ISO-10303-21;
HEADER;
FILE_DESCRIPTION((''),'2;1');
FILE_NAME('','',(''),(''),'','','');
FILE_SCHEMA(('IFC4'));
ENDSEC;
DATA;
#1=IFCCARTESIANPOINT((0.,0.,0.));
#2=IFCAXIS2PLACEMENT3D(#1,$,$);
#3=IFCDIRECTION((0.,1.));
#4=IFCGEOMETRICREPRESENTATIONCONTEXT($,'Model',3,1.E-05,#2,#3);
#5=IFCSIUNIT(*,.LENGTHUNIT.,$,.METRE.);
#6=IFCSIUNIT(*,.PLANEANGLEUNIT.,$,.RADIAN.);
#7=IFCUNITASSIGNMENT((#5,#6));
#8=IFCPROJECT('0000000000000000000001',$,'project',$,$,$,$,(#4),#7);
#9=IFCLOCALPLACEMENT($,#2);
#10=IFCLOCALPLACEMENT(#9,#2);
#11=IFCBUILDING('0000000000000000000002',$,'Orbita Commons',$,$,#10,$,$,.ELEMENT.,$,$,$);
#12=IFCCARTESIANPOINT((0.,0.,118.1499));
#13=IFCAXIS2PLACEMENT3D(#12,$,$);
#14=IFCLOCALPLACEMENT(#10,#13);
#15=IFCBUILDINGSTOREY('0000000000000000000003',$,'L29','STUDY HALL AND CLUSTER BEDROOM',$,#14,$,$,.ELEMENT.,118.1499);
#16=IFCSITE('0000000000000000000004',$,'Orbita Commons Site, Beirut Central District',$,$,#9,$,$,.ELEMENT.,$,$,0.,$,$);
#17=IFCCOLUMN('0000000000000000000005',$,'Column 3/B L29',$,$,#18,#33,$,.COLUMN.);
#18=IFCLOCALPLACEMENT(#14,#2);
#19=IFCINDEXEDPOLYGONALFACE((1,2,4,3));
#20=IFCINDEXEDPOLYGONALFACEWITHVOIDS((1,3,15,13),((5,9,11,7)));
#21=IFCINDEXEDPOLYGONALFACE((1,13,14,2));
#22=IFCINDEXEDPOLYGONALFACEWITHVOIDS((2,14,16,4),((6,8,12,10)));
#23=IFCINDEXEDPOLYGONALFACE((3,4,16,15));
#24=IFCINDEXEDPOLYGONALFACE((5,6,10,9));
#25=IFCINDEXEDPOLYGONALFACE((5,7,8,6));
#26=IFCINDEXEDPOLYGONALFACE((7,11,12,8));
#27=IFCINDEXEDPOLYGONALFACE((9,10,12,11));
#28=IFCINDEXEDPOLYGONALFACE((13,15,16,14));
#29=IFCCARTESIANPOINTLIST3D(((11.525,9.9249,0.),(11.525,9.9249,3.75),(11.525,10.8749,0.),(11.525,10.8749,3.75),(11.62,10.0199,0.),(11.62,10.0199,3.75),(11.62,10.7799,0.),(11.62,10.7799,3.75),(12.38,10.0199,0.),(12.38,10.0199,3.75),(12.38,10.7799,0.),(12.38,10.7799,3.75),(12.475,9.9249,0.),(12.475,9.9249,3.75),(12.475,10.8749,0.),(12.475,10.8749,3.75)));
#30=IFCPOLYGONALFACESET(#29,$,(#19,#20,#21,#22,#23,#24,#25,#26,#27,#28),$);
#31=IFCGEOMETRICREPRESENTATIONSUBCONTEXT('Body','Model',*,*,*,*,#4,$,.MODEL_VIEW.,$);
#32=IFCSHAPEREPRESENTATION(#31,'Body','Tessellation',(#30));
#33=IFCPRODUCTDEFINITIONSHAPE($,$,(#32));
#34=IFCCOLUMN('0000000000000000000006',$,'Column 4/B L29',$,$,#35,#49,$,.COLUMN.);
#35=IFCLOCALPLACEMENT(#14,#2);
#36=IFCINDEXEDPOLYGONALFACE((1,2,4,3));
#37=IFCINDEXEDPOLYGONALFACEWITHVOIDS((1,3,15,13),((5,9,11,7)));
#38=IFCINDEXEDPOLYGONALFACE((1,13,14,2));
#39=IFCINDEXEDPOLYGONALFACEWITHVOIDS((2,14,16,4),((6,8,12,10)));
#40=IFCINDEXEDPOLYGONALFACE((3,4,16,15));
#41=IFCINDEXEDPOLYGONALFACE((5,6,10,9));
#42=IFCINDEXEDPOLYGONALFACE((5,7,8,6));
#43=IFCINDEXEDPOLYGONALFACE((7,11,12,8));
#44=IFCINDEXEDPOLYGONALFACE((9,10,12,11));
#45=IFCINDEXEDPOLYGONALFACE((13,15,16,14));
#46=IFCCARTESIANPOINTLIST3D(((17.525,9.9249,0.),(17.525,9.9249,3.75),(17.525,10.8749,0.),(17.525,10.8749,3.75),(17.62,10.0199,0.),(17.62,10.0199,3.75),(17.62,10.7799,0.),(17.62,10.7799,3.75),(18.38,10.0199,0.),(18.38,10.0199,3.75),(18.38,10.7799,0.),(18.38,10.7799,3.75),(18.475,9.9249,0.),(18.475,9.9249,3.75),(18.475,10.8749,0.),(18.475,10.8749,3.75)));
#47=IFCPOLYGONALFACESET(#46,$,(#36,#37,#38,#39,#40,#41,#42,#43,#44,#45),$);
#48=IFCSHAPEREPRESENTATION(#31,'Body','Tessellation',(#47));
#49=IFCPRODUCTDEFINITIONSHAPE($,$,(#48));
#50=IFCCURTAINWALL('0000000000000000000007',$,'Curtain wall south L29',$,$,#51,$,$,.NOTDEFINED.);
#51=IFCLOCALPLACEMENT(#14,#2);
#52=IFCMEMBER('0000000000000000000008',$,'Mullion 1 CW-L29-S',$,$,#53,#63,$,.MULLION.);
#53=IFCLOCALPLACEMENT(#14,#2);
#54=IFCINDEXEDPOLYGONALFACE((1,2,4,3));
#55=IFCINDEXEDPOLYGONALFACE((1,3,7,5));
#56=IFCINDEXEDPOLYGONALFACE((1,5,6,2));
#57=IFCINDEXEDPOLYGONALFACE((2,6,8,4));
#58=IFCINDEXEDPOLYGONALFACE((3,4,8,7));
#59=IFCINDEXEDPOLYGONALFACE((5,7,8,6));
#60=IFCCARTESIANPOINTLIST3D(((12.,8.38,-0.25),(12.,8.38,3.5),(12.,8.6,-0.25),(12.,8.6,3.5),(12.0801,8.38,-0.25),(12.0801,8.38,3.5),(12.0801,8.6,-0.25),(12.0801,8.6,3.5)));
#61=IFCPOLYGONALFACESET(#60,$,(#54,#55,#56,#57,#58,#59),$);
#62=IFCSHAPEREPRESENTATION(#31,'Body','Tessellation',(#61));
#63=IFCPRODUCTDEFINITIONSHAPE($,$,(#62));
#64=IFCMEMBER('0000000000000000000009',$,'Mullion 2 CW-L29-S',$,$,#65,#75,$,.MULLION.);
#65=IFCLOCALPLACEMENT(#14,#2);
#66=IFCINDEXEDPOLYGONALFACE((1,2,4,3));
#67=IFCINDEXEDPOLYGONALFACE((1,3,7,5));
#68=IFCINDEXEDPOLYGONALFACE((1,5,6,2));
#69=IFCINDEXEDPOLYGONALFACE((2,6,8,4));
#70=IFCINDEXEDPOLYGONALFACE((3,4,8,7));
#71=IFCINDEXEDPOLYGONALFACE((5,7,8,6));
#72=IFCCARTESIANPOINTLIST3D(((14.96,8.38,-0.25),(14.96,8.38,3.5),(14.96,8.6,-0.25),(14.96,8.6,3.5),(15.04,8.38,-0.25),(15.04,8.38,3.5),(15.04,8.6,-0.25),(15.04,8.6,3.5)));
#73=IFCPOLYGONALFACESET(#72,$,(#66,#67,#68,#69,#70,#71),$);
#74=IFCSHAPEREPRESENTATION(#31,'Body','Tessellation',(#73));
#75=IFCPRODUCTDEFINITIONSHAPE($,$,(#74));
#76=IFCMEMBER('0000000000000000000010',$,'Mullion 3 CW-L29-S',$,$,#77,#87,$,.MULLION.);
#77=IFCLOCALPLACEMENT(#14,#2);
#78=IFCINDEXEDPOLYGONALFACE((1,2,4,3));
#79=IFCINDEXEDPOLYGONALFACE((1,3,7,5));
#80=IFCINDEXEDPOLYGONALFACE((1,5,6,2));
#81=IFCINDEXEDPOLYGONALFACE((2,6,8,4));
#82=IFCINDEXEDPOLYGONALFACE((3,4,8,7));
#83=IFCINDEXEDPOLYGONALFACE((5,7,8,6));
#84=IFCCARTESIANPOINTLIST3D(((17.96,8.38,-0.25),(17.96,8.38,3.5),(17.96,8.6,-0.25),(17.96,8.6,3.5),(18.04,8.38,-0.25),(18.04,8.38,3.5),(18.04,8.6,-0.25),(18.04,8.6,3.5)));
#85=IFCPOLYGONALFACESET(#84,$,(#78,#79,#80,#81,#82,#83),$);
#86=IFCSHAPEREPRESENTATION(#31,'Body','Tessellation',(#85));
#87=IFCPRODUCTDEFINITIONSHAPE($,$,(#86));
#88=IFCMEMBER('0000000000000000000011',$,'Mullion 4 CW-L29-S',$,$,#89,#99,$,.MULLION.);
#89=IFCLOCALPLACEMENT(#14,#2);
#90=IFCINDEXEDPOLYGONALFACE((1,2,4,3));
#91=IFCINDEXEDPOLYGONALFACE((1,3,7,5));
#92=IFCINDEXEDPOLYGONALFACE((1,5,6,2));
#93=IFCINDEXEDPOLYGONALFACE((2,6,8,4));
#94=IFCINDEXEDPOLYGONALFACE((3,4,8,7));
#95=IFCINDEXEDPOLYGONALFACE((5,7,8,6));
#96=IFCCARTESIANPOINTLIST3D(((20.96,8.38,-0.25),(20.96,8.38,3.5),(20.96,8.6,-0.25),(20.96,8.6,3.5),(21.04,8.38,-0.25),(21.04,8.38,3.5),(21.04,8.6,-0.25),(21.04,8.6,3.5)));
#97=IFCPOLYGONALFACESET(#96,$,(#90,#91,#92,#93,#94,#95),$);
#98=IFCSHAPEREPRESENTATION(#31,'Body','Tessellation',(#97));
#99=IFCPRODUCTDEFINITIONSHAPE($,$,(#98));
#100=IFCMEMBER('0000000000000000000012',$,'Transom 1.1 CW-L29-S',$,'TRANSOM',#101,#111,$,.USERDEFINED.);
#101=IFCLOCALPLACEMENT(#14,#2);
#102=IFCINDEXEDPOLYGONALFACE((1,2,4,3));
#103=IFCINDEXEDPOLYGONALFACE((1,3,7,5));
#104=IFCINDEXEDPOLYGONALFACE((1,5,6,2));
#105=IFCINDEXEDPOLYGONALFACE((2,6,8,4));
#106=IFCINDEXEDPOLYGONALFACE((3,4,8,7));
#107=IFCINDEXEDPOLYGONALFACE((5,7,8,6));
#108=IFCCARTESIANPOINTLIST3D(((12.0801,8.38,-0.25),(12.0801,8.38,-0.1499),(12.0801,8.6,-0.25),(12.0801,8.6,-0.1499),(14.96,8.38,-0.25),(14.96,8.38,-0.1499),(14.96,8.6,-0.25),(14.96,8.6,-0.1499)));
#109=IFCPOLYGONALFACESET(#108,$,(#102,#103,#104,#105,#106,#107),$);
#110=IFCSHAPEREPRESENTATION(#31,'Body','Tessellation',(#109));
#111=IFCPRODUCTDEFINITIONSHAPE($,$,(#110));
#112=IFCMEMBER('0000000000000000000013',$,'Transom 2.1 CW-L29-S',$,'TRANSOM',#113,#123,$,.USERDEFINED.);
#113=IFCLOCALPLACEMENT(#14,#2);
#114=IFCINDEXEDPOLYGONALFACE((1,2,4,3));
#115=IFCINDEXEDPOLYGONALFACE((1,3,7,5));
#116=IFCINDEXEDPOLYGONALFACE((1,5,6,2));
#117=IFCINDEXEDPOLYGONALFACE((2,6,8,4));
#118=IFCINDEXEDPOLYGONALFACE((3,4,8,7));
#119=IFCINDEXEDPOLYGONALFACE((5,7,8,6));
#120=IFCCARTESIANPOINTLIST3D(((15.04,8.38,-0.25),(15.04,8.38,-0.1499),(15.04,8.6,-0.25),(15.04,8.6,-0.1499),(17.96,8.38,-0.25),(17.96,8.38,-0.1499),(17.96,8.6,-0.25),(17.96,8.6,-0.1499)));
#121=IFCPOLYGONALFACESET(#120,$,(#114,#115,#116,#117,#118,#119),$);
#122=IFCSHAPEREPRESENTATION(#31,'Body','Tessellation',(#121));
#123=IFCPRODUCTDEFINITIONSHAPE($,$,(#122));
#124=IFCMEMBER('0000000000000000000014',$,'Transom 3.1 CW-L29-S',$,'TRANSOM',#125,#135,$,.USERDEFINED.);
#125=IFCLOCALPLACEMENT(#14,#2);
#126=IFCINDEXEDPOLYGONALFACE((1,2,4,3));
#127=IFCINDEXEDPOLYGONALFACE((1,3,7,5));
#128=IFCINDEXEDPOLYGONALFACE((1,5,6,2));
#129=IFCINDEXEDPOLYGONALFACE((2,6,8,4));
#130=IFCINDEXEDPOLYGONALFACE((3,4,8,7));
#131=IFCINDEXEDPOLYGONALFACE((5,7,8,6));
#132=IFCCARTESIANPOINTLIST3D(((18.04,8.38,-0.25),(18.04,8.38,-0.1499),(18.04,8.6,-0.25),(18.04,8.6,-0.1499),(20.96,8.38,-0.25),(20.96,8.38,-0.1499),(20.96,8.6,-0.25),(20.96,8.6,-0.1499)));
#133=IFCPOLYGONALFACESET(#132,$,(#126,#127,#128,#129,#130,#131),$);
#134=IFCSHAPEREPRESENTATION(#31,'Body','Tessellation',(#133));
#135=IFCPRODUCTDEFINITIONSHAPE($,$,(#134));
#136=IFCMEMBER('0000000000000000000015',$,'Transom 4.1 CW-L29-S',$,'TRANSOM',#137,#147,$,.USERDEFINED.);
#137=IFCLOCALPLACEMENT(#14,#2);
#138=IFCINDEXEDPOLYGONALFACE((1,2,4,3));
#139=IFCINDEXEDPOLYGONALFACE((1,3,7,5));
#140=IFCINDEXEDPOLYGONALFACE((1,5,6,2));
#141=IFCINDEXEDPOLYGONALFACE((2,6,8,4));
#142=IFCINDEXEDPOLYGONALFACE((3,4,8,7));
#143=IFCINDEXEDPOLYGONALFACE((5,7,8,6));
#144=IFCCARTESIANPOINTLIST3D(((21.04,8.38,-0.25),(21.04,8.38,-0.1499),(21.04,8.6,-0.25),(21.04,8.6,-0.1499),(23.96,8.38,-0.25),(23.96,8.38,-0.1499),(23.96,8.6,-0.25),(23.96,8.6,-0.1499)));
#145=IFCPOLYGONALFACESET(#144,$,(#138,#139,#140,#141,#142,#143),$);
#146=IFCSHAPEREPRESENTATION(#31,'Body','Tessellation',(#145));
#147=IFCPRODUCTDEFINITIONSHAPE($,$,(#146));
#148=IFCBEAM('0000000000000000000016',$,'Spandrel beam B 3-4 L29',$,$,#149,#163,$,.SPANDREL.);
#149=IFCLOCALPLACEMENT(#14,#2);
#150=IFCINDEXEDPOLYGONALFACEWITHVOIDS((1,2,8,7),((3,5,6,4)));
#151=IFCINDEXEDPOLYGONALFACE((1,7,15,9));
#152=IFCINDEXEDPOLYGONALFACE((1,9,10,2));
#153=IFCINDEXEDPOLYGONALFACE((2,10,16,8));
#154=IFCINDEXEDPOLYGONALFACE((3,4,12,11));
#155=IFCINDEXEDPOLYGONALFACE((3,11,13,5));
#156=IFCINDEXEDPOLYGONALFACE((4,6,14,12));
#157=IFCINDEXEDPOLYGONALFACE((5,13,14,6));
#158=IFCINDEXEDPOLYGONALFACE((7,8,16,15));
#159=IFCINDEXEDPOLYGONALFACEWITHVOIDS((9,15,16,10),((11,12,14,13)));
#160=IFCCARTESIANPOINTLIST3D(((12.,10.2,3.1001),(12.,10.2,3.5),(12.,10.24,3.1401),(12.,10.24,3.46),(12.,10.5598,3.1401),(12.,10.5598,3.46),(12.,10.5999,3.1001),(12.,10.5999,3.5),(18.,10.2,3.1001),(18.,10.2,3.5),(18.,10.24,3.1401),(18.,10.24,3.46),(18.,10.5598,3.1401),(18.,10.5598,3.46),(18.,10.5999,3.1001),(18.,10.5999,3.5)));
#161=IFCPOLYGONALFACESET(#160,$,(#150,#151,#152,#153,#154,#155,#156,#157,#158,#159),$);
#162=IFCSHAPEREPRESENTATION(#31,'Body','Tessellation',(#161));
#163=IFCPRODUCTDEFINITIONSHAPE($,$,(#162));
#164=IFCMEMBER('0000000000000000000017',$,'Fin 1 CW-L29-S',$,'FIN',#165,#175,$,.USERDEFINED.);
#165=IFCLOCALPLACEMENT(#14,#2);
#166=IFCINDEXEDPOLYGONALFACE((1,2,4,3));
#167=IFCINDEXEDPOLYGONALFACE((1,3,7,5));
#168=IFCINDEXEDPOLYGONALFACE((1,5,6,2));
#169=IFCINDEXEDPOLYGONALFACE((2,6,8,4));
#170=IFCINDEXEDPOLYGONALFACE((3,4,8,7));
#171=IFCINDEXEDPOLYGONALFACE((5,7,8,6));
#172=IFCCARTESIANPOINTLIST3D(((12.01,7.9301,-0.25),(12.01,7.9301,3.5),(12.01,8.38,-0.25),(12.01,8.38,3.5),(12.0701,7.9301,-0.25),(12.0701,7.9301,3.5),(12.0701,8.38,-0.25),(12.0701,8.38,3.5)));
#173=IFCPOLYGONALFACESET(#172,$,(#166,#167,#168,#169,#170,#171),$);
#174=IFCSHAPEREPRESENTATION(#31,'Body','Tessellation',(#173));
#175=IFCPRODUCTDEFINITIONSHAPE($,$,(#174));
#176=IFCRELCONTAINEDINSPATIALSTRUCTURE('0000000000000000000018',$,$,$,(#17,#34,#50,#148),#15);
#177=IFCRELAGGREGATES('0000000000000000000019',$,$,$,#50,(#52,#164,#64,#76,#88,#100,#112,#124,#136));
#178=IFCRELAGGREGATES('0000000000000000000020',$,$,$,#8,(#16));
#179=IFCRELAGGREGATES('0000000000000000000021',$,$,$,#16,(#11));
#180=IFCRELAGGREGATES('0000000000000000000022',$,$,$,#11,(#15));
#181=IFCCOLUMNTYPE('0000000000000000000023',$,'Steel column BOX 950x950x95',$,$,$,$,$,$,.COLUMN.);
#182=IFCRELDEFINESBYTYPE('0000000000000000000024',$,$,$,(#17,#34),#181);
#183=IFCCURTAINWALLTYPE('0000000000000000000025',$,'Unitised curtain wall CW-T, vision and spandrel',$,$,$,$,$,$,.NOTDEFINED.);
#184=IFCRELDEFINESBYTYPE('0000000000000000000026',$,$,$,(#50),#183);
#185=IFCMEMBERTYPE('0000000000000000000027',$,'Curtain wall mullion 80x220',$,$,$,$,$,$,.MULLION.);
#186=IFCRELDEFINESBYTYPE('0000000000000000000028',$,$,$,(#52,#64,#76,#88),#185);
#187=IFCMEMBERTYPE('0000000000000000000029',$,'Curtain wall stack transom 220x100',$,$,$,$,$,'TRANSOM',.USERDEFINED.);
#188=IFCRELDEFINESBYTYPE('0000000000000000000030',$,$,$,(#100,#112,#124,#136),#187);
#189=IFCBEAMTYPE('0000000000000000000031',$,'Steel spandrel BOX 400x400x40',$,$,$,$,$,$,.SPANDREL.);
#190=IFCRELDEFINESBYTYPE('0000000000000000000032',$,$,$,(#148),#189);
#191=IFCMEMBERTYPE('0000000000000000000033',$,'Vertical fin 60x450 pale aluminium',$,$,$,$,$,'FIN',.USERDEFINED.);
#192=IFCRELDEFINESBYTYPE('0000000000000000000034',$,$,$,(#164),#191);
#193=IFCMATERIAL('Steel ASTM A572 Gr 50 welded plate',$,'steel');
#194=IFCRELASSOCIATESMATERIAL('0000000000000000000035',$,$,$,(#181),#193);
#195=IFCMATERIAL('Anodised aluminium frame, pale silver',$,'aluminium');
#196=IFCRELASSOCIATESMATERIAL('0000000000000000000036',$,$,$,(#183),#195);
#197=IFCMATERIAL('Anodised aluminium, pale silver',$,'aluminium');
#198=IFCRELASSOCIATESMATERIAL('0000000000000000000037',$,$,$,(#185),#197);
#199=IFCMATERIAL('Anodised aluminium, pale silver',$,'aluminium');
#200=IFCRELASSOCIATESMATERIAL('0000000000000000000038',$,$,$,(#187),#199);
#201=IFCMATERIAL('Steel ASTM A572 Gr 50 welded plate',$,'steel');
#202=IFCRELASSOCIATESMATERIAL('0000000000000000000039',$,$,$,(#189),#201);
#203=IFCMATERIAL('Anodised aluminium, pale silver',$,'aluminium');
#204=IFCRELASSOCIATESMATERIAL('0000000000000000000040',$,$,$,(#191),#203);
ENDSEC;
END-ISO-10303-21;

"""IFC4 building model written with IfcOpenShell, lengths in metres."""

from ifc_helpers import new_model, si_unit, direction, frame, origin, origin_2d, place, context, subcontext, project, spatial, rectangle, hollow_rectangle, extrude, material, material_profile, profile_set, type_object, element, aggregate, save


model = new_model("IFC4")

# Units and contexts
model_context = context("Model", 3, precision=1e-05, world=origin(), true_north=direction((0.0, 1.0)))
body_context = subcontext(model_context, "Body", "Model", "MODEL_VIEW")
ifc_project = project(units=[si_unit("LENGTHUNIT", "METRE"), si_unit("PLANEANGLEUNIT", "RADIAN")], contexts=[model_context])

# Site, building, storey
site_placement = place(None, origin())
site = spatial("IfcSite", under=ifc_project, at=site_placement, Name="Orbita Commons Site, Beirut Central District", CompositionType="ELEMENT", RefElevation=0.0)
building_placement = place(site_placement, origin())
building = spatial("IfcBuilding", under=site, at=building_placement, Name="Orbita Commons", CompositionType="ELEMENT")
storey_placement = place(building_placement, frame((0.0, 0.0, 118.1499)))
storey = spatial("IfcBuildingStorey", under=building, at=storey_placement, Name="L29", Description="STUDY HALL AND CLUSTER BEDROOM", CompositionType="ELEMENT", Elevation=118.1499)

# Columns
ifc_material_1 = material(Name="Steel ASTM A572 Gr 50 welded plate", Category="steel")
ifc_material_profile_1 = material_profile(ifc_material_1, hollow_rectangle(XDim=0.95, YDim=0.95, WallThickness=0.095, at=origin_2d()), Name="BOX 950x950x95")
ifc_profile_set_1 = profile_set([ifc_material_profile_1], Name="Steel ASTM A572 Gr 50 welded plate")
column_type = type_object("IfcColumnType", Name="Steel column BOX 950x950x95", PredefinedType="COLUMN", material=ifc_profile_set_1)
for number, where, z_axis, x_axis, name in (
    (1, (12.0, 10.3999, 0.0), (0.0, 0.0, 1.0), (1.0, 0.0, 0.0), "Column 3/B L29"),
    (2, (18.0, 10.3999, 0.0), (0.0, 0.0, 1.0), (1.0, 0.0, 0.0), "Column 4/B L29"),
):
    element("IfcColumn", number, at=place(storey_placement, frame(where, z_axis=z_axis, x_axis=x_axis)), inside=storey, type_object=column_type, Name=name, PredefinedType="COLUMN", context=body_context, shape_type="SweptSolid", body=[
        extrude(hollow_rectangle(XDim=0.95, YDim=0.95, WallThickness=0.095, at=origin_2d()), origin(), (0.0, 0.0, 1.0), 3.75),
    ])

# Curtain wall, members
ifc_material_2 = material(Name="Anodised aluminium frame, pale silver", Category="aluminium")
curtain_wall_type = type_object("IfcCurtainWallType", Name="Unitised curtain wall CW-T, vision and spandrel", PredefinedType="NOTDEFINED", material=ifc_material_2)
curtain_wall_placement = place(storey_placement, origin())
curtain_wall = element("IfcCurtainWall", 3, at=curtain_wall_placement, inside=storey, type_object=curtain_wall_type, Name="Curtain wall south L29", PredefinedType="NOTDEFINED")
ifc_material_3 = material(Name="Anodised aluminium, pale silver", Category="aluminium")
ifc_material_profile_2 = material_profile(ifc_material_3, rectangle(XDim=0.0801, YDim=0.22, at=origin_2d()), Name="AL 80x220")
ifc_profile_set_2 = profile_set([ifc_material_profile_2], Name="Anodised aluminium, pale silver")
member_type_1 = type_object("IfcMemberType", Name="Curtain wall mullion 80x220", PredefinedType="MULLION", material=ifc_profile_set_2)
member_1_placement = place(storey_placement, frame((12.04, 8.49, -0.25), z_axis=(0.0, 0.0, 1.0), x_axis=(1.0, 0.0, 0.0)))
member_1 = element("IfcMember", 4, at=member_1_placement, type_object=member_type_1, Name="Mullion 1 CW-L29-S", PredefinedType="MULLION", context=body_context, shape_type="SweptSolid", body=[
    extrude(rectangle(XDim=0.0801, YDim=0.22, at=origin_2d()), origin(), (0.0, 0.0, 1.0), 3.75),
])
member_2_placement = place(storey_placement, frame((15.0, 8.49, -0.25), z_axis=(0.0, 0.0, 1.0), x_axis=(1.0, 0.0, 0.0)))
member_2 = element("IfcMember", 5, at=member_2_placement, type_object=member_type_1, Name="Mullion 2 CW-L29-S", PredefinedType="MULLION", context=body_context, shape_type="SweptSolid", body=[
    extrude(rectangle(XDim=0.0801, YDim=0.22, at=origin_2d()), origin(), (0.0, 0.0, 1.0), 3.75),
])
member_3_placement = place(storey_placement, frame((18.0, 8.49, -0.25), z_axis=(0.0, 0.0, 1.0), x_axis=(1.0, 0.0, 0.0)))
member_3 = element("IfcMember", 6, at=member_3_placement, type_object=member_type_1, Name="Mullion 3 CW-L29-S", PredefinedType="MULLION", context=body_context, shape_type="SweptSolid", body=[
    extrude(rectangle(XDim=0.0801, YDim=0.22, at=origin_2d()), origin(), (0.0, 0.0, 1.0), 3.75),
])
member_4_placement = place(storey_placement, frame((21.0, 8.49, -0.25), z_axis=(0.0, 0.0, 1.0), x_axis=(1.0, 0.0, 0.0)))
member_4 = element("IfcMember", 7, at=member_4_placement, type_object=member_type_1, Name="Mullion 4 CW-L29-S", PredefinedType="MULLION", context=body_context, shape_type="SweptSolid", body=[
    extrude(rectangle(XDim=0.0801, YDim=0.22, at=origin_2d()), origin(), (0.0, 0.0, 1.0), 3.75),
])
ifc_material_4 = material(Name="Anodised aluminium, pale silver", Category="aluminium")
ifc_material_profile_3 = material_profile(ifc_material_4, rectangle(XDim=0.22, YDim=0.1001, at=origin_2d()), Name="AL 220x100")
ifc_profile_set_3 = profile_set([ifc_material_profile_3], Name="Anodised aluminium, pale silver")
member_type_2 = type_object("IfcMemberType", Name="Curtain wall stack transom 220x100", ElementType="TRANSOM", PredefinedType="USERDEFINED", material=ifc_profile_set_3)
member_5_placement = place(storey_placement, frame((12.0801, 8.49, -0.2), z_axis=(1.0, 0.0, 0.0), x_axis=(0.0, 1.0, 0.0)))
member_5 = element("IfcMember", 8, at=member_5_placement, type_object=member_type_2, Name="Transom 1.1 CW-L29-S", ObjectType="TRANSOM", PredefinedType="USERDEFINED", context=body_context, shape_type="SweptSolid", body=[
    extrude(rectangle(XDim=0.22, YDim=0.1001, at=origin_2d()), origin(), (0.0, 0.0, 1.0), 2.8799),
])
member_6_placement = place(storey_placement, frame((15.04, 8.49, -0.2), z_axis=(1.0, 0.0, 0.0), x_axis=(0.0, 1.0, 0.0)))
member_6 = element("IfcMember", 9, at=member_6_placement, type_object=member_type_2, Name="Transom 2.1 CW-L29-S", ObjectType="TRANSOM", PredefinedType="USERDEFINED", context=body_context, shape_type="SweptSolid", body=[
    extrude(rectangle(XDim=0.22, YDim=0.1001, at=origin_2d()), origin(), (0.0, 0.0, 1.0), 2.9199),
])
member_7_placement = place(storey_placement, frame((18.04, 8.49, -0.2), z_axis=(1.0, 0.0, 0.0), x_axis=(0.0, 1.0, 0.0)))
member_7 = element("IfcMember", 10, at=member_7_placement, type_object=member_type_2, Name="Transom 3.1 CW-L29-S", ObjectType="TRANSOM", PredefinedType="USERDEFINED", context=body_context, shape_type="SweptSolid", body=[
    extrude(rectangle(XDim=0.22, YDim=0.1001, at=origin_2d()), origin(), (0.0, 0.0, 1.0), 2.9199),
])
member_8_placement = place(storey_placement, frame((21.04, 8.49, -0.2), z_axis=(1.0, 0.0, 0.0), x_axis=(0.0, 1.0, 0.0)))
member_8 = element("IfcMember", 11, at=member_8_placement, type_object=member_type_2, Name="Transom 4.1 CW-L29-S", ObjectType="TRANSOM", PredefinedType="USERDEFINED", context=body_context, shape_type="SweptSolid", body=[
    extrude(rectangle(XDim=0.22, YDim=0.1001, at=origin_2d()), origin(), (0.0, 0.0, 1.0), 2.9199),
])

# Beam
ifc_material_5 = material(Name="Steel ASTM A572 Gr 50 welded plate", Category="steel")
ifc_material_profile_4 = material_profile(ifc_material_5, hollow_rectangle(XDim=0.3999, YDim=0.3999, WallThickness=0.04, at=origin_2d()), Name="BOX 400x400x40")
ifc_profile_set_4 = profile_set([ifc_material_profile_4], Name="Steel ASTM A572 Gr 50 welded plate")
beam_type = type_object("IfcBeamType", Name="Steel spandrel BOX 400x400x40", PredefinedType="SPANDREL", material=ifc_profile_set_4)
beam_placement = place(storey_placement, frame((12.0, 10.3999, 3.3), z_axis=(1.0, 0.0, 0.0), x_axis=(0.0, 1.0, 0.0)))
element("IfcBeam", 12, at=beam_placement, inside=storey, type_object=beam_type, Name="Spandrel beam B 3-4 L29", PredefinedType="SPANDREL", context=body_context, shape_type="SweptSolid", body=[
    extrude(hollow_rectangle(XDim=0.3999, YDim=0.3999, WallThickness=0.04, at=origin_2d()), origin(), (0.0, 0.0, 1.0), 6.0),
])

# Member
ifc_material_6 = material(Name="Anodised aluminium, pale silver", Category="aluminium")
ifc_material_profile_5 = material_profile(ifc_material_6, rectangle(XDim=0.0601, YDim=0.45, at=origin_2d()), Name="FIN 60x450")
ifc_profile_set_5 = profile_set([ifc_material_profile_5], Name="Anodised aluminium, pale silver")
member_type_3 = type_object("IfcMemberType", Name="Vertical fin 60x450 pale aluminium", ElementType="FIN", PredefinedType="USERDEFINED", material=ifc_profile_set_5)
member_9_placement = place(storey_placement, frame((12.04, 8.155, -0.25), z_axis=(0.0, 0.0, 1.0), x_axis=(1.0, 0.0, 0.0)))
member_9 = element("IfcMember", 13, at=member_9_placement, type_object=member_type_3, Name="Fin 1 CW-L29-S", ObjectType="FIN", PredefinedType="USERDEFINED", context=body_context, shape_type="SweptSolid", body=[
    extrude(rectangle(XDim=0.0601, YDim=0.45, at=origin_2d()), origin(), (0.0, 0.0, 1.0), 3.75),
])

aggregate(curtain_wall, [member_1, member_9, member_2, member_3, member_4, member_5, member_6, member_7, member_8])

save(model, "model.ifc")
